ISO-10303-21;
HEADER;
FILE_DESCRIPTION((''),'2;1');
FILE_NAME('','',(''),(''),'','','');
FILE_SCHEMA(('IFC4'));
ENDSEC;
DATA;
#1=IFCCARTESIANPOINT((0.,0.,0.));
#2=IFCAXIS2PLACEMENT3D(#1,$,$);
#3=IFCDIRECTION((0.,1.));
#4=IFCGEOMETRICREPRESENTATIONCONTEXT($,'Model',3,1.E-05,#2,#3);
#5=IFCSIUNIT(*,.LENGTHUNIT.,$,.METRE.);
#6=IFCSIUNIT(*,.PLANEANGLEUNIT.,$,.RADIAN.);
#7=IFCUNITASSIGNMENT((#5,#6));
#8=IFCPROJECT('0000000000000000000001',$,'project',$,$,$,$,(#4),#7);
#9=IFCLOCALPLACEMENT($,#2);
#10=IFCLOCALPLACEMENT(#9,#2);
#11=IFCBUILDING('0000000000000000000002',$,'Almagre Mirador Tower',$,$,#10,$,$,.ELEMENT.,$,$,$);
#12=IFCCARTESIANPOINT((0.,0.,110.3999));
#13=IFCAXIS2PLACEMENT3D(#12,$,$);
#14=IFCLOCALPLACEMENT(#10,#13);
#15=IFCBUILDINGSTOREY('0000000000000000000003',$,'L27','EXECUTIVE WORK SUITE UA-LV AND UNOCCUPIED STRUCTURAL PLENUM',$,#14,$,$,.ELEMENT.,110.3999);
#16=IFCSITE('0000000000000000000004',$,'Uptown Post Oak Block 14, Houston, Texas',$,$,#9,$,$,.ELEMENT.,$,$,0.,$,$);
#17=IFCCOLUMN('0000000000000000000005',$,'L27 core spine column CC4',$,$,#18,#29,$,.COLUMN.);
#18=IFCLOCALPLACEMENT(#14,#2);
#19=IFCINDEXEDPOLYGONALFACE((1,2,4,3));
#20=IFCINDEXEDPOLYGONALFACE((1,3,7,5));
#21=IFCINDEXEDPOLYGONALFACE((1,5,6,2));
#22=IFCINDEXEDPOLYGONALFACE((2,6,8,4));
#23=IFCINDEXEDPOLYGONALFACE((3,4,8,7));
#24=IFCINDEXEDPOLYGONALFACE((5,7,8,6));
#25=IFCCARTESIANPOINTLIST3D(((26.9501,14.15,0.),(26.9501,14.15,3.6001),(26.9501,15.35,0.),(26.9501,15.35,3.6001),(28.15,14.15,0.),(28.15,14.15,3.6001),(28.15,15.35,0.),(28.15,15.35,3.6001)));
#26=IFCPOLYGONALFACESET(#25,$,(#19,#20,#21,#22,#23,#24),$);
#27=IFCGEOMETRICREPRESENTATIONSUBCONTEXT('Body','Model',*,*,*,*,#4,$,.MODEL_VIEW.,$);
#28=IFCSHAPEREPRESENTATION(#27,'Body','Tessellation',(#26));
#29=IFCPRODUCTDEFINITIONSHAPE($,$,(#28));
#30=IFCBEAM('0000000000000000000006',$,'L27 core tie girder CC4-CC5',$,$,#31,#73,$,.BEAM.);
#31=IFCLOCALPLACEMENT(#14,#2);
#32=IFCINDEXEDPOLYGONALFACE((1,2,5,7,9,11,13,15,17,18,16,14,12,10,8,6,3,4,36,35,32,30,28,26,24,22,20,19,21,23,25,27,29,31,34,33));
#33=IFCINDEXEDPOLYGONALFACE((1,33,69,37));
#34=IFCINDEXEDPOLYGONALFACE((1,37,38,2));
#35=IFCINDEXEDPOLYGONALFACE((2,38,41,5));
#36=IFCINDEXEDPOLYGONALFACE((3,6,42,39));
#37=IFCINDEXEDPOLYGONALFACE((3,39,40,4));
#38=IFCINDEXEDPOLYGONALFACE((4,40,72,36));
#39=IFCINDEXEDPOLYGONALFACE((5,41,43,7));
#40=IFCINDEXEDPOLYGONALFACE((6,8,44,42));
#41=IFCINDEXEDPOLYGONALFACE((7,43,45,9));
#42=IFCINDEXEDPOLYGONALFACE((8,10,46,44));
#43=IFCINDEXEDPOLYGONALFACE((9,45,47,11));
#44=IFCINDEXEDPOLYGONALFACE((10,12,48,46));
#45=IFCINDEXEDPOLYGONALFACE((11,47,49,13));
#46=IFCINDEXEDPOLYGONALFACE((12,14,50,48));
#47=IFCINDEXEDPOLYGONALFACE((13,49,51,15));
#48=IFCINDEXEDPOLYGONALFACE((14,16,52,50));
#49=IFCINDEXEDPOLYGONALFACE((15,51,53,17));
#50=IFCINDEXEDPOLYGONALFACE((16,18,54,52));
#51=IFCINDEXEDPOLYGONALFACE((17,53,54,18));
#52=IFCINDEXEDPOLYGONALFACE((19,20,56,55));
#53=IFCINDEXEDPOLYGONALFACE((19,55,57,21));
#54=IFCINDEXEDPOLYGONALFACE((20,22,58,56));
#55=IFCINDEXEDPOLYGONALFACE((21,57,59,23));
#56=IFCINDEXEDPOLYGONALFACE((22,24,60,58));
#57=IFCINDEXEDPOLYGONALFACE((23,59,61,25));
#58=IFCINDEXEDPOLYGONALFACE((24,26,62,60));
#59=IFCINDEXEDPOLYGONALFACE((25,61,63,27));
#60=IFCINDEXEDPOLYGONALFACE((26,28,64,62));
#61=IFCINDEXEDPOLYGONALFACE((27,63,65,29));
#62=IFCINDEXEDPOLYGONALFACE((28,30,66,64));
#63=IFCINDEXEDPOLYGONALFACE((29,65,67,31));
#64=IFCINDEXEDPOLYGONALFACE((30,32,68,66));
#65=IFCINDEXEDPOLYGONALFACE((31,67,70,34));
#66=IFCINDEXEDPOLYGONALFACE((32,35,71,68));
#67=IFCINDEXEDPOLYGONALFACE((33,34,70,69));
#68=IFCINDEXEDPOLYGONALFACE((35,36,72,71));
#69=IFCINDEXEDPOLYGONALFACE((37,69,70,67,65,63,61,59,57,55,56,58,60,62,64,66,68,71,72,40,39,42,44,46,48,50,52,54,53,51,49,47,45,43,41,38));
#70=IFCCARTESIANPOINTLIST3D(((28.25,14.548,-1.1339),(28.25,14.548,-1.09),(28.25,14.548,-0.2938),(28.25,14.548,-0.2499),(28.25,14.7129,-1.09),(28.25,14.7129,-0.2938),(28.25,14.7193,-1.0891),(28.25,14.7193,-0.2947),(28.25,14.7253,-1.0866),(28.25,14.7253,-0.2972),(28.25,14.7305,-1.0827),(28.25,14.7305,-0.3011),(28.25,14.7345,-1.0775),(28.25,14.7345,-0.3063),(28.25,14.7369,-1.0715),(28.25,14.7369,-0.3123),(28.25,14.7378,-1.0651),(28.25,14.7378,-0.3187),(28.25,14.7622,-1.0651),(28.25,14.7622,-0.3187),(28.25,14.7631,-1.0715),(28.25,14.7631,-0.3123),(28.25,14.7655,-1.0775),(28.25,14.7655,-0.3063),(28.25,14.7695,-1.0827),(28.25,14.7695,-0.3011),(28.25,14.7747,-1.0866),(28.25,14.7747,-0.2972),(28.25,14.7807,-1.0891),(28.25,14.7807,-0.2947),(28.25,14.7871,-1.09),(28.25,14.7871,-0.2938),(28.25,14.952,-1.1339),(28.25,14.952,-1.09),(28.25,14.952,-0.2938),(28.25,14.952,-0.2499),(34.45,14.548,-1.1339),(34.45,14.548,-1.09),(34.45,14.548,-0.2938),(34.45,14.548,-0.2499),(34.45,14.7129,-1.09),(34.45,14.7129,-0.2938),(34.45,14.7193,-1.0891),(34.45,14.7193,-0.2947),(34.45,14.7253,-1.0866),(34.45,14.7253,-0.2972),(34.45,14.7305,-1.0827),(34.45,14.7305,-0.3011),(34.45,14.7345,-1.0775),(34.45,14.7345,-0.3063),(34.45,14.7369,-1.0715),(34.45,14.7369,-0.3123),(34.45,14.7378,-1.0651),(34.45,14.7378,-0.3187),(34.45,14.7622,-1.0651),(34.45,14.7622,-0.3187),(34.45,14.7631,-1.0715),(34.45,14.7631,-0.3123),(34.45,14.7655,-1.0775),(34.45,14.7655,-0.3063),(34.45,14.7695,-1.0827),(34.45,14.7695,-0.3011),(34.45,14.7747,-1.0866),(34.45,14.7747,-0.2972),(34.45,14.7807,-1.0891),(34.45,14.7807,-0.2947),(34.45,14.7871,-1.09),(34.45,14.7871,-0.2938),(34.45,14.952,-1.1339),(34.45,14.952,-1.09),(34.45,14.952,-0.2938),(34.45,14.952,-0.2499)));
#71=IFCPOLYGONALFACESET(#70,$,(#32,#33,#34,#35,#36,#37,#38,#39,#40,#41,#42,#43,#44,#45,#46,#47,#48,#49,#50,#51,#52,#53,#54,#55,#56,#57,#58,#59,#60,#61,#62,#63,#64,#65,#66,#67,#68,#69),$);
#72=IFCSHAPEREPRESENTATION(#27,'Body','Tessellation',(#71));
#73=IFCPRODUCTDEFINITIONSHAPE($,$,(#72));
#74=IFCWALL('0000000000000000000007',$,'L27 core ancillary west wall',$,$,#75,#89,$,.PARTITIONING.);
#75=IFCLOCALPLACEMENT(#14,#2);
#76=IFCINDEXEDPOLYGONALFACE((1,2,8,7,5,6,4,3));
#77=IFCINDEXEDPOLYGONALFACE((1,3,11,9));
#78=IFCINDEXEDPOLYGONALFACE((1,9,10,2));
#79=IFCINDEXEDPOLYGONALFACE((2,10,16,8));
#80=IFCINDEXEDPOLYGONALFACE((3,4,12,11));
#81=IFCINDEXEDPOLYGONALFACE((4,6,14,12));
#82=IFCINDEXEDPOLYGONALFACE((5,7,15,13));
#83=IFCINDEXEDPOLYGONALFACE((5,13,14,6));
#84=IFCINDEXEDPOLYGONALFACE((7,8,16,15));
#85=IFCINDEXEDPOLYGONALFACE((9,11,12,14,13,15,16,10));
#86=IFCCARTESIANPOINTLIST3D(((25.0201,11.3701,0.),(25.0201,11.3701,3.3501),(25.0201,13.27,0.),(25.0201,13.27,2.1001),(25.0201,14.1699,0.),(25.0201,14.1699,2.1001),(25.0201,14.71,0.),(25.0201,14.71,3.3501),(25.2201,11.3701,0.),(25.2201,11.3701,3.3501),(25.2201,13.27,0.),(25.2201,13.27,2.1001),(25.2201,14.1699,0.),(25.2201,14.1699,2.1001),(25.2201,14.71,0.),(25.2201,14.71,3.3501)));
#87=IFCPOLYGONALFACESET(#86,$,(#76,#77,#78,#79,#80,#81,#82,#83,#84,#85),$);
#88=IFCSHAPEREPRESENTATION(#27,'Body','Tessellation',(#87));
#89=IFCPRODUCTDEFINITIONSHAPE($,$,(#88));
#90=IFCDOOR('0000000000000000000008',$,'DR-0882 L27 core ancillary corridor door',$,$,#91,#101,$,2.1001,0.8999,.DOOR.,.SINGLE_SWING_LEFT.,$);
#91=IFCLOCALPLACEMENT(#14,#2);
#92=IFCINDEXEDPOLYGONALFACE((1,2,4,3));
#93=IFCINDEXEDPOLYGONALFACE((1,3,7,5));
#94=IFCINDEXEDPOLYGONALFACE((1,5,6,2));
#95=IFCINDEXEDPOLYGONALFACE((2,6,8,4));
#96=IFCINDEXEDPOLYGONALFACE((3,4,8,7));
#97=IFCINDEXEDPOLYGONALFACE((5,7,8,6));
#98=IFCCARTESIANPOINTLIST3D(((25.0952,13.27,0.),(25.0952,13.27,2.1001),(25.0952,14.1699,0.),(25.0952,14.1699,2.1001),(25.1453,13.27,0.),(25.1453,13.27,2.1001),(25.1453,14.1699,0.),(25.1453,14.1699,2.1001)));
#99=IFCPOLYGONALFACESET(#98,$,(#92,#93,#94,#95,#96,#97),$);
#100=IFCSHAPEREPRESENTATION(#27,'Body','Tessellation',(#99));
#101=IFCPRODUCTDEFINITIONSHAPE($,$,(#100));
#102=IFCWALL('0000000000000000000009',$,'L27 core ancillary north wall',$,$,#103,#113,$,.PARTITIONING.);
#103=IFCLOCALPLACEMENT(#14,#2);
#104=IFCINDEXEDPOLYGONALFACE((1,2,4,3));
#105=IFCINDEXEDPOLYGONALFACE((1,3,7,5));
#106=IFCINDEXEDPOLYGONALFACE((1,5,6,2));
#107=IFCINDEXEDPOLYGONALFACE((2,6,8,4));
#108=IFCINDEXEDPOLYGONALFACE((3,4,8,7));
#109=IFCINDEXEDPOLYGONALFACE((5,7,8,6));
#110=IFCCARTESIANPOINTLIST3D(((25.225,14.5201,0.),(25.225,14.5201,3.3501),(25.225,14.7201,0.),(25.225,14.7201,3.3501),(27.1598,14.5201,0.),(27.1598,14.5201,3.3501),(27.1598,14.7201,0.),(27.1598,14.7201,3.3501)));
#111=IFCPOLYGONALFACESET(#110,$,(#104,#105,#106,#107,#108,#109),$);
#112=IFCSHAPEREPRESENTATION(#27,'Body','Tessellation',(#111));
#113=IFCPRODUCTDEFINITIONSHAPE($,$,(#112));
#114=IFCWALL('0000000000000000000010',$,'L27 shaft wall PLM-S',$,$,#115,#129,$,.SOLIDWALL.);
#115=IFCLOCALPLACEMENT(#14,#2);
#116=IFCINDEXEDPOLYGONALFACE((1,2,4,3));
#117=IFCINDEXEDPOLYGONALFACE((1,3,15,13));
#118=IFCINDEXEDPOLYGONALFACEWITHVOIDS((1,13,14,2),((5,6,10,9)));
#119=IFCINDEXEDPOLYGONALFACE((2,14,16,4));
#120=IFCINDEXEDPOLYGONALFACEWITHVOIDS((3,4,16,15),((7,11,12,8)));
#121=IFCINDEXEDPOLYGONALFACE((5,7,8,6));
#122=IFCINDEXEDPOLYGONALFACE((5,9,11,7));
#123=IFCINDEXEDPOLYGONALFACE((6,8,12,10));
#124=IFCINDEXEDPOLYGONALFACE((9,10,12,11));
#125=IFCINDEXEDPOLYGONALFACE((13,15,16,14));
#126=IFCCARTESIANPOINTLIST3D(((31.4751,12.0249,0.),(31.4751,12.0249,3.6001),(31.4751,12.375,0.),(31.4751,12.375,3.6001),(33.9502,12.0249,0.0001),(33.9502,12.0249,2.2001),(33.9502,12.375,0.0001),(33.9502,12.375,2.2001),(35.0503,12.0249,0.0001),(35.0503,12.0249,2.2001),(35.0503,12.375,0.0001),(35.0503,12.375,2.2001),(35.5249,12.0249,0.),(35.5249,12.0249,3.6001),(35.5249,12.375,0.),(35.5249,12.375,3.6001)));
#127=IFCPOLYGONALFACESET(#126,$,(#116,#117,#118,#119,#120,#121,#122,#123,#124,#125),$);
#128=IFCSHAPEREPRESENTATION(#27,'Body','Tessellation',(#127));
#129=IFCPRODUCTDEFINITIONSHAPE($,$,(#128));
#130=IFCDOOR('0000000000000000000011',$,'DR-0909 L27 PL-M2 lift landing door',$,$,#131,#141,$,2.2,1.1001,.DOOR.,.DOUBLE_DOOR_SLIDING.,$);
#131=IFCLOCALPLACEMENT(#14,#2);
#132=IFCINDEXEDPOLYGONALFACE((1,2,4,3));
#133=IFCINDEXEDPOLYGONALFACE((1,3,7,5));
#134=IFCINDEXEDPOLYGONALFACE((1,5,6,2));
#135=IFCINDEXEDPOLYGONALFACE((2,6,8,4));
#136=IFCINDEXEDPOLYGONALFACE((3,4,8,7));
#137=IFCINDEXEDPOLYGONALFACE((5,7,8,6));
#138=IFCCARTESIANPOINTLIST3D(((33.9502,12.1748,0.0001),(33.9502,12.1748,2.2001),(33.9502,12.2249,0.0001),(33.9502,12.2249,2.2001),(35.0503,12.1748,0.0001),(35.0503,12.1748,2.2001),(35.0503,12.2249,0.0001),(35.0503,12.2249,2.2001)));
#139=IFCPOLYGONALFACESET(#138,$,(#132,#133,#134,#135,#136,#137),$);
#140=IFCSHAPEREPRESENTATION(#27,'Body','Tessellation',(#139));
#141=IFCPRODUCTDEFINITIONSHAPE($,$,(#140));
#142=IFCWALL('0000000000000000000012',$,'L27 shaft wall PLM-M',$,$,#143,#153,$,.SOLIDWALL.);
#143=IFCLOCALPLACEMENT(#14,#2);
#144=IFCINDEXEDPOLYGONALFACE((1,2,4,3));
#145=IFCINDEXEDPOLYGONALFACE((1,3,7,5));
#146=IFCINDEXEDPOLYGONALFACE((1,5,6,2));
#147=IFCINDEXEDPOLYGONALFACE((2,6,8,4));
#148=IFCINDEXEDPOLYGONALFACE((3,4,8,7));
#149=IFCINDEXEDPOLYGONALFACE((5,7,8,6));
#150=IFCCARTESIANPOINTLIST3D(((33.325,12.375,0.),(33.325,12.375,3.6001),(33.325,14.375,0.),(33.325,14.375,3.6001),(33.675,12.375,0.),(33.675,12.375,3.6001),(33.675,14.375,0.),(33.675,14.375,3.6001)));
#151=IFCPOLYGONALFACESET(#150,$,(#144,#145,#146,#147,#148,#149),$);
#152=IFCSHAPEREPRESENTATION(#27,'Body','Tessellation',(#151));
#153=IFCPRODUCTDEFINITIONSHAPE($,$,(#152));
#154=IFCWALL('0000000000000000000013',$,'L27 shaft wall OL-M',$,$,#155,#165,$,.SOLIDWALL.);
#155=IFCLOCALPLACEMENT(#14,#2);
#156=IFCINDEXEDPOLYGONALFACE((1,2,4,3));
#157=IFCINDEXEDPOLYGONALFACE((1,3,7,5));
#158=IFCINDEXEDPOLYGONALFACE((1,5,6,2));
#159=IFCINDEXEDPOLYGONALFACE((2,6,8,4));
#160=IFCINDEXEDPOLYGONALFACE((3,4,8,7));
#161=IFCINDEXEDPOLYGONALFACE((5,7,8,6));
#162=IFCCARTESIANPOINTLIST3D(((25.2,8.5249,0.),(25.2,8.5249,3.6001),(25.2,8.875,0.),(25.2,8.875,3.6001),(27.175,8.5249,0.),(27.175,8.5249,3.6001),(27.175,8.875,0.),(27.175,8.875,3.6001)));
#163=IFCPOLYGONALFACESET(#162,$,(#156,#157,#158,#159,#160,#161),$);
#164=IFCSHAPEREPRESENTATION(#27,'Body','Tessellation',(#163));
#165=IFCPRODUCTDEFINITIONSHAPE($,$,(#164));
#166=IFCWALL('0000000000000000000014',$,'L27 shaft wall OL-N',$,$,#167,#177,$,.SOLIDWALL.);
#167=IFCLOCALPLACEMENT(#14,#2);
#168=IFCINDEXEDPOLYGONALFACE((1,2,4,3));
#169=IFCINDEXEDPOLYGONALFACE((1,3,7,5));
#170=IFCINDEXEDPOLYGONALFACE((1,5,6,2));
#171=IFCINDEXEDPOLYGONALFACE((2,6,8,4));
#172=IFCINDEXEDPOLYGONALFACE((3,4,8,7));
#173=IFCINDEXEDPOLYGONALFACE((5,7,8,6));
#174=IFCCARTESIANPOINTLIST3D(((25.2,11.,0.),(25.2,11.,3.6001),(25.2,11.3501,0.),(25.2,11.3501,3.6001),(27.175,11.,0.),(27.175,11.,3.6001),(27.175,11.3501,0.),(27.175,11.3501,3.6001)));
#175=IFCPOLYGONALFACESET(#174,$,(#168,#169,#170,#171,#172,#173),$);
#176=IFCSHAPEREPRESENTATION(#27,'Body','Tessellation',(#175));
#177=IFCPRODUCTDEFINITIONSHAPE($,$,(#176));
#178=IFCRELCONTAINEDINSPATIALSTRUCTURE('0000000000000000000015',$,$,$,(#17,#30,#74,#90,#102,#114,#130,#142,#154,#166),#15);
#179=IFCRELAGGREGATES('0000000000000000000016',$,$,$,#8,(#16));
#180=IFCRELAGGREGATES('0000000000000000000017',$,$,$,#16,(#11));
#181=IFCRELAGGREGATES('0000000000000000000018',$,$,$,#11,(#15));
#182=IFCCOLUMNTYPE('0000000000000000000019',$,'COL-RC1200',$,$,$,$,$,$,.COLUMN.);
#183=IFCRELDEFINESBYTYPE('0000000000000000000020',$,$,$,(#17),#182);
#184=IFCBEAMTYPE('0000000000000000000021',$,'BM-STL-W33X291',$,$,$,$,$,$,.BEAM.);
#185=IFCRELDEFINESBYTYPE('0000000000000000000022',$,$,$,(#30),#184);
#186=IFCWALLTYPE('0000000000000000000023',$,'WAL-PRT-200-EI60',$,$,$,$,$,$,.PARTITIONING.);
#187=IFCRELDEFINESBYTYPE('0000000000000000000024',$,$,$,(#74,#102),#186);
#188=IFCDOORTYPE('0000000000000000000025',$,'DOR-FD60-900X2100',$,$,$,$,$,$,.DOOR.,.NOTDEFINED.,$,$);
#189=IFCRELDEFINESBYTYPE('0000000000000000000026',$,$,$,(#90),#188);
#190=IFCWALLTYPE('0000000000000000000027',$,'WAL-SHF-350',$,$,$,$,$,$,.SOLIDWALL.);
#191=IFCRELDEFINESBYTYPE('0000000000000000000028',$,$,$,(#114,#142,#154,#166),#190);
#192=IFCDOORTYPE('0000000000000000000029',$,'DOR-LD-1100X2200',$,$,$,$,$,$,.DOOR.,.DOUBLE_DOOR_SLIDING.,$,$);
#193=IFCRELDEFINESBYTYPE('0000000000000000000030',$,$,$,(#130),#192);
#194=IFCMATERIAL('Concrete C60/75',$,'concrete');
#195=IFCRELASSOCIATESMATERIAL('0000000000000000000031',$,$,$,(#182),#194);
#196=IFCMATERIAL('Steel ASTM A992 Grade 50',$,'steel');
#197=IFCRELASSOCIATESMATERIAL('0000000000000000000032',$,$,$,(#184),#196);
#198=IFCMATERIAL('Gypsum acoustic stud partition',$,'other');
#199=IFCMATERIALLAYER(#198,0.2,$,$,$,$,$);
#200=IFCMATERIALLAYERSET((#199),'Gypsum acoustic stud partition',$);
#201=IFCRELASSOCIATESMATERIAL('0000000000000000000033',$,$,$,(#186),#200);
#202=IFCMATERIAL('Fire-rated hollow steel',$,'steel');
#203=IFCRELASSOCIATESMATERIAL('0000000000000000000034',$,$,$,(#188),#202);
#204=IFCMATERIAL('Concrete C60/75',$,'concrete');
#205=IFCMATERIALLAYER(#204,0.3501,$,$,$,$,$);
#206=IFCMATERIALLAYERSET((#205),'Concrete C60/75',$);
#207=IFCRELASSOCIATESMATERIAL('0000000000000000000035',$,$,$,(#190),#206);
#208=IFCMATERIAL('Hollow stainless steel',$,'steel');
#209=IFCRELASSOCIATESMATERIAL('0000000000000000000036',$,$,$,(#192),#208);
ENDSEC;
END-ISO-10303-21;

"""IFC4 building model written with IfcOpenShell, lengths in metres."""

from ifc_helpers import new_model, si_unit, direction, frame, frame_2d, origin, origin_2d, place, context, subcontext, project, spatial, rectangle, i_section, extrude, material, layer, layer_set, material_profile, profile_set, type_object, element, fill, save


model = new_model("IFC4")

# Units and contexts
model_context = context("Model", 3, precision=1e-05, world=origin(), true_north=direction((0.0, 1.0)))
body_context = subcontext(model_context, "Body", "Model", "MODEL_VIEW")
ifc_project = project(units=[si_unit("LENGTHUNIT", "METRE"), si_unit("PLANEANGLEUNIT", "RADIAN")], contexts=[model_context])

# Site, building, storey
site_placement = place(None, origin())
site = spatial("IfcSite", under=ifc_project, at=site_placement, Name="Uptown Post Oak Block 14, Houston, Texas", CompositionType="ELEMENT", RefElevation=0.0)
building_placement = place(site_placement, origin())
building = spatial("IfcBuilding", under=site, at=building_placement, Name="Almagre Mirador Tower", CompositionType="ELEMENT")
storey_placement = place(building_placement, frame((0.0, 0.0, 110.3999)))
storey = spatial("IfcBuildingStorey", under=building, at=storey_placement, Name="L27", Description="EXECUTIVE WORK SUITE UA-LV AND UNOCCUPIED STRUCTURAL PLENUM", CompositionType="ELEMENT", Elevation=110.3999)

# Column
ifc_material_1 = material(Name="Concrete C60/75", Category="concrete")
ifc_material_profile_1 = material_profile(ifc_material_1, rectangle(XDim=1.2, YDim=1.2, at=origin_2d()), Name="RC1200X1200")
ifc_profile_set_1 = profile_set([ifc_material_profile_1], Name="Concrete C60/75")
column_type = type_object("IfcColumnType", Name="COL-RC1200", PredefinedType="COLUMN", material=ifc_profile_set_1)
column_placement = place(storey_placement, frame((27.55, 14.75, 0.0), z_axis=(0.0, 0.0, 1.0), x_axis=(1.0, 0.0, 0.0)))
element("IfcColumn", 1, at=column_placement, inside=storey, type_object=column_type, Name="L27 core spine column CC4", PredefinedType="COLUMN", context=body_context, shape_type="SweptSolid", body=[
    extrude(rectangle(XDim=1.2, YDim=1.2, at=origin_2d()), origin(), (0.0, 0.0, 1.0), 3.6001),
])

# Beam
ifc_material_2 = material(Name="Steel ASTM A992 Grade 50", Category="steel")
ifc_material_profile_2 = material_profile(ifc_material_2, i_section(OverallWidth=0.4041, OverallDepth=0.884, WebThickness=0.0244, FlangeThickness=0.0439, FilletRadius=0.0249, at=origin_2d()), Name="W33X291")
ifc_profile_set_2 = profile_set([ifc_material_profile_2], Name="Steel ASTM A992 Grade 50")
beam_type = type_object("IfcBeamType", Name="BM-STL-W33X291", PredefinedType="BEAM", material=ifc_profile_set_2)
beam_placement = place(storey_placement, frame((28.25, 14.75, -0.6919), z_axis=(1.0, 0.0, 0.0), x_axis=(0.0, 1.0, 0.0)))
element("IfcBeam", 2, at=beam_placement, inside=storey, type_object=beam_type, Name="L27 core tie girder CC4-CC5", PredefinedType="BEAM", context=body_context, shape_type="SweptSolid", body=[
    extrude(i_section(OverallWidth=0.4041, OverallDepth=0.884, WebThickness=0.0244, FlangeThickness=0.0439, FilletRadius=0.0249, at=origin_2d()), origin(), (0.0, 0.0, 1.0), 6.2),
])

# Wall, opening, door
ifc_material_3 = material(Name="Gypsum acoustic stud partition", Category="other")
ifc_layer_1 = layer(ifc_material_3, 0.2)
ifc_layer_set_1 = layer_set([ifc_layer_1], Name="Gypsum acoustic stud partition")
wall_type_1 = type_object("IfcWallType", Name="WAL-PRT-200-EI60", PredefinedType="PARTITIONING", material=ifc_layer_set_1)
wall_1_placement = place(storey_placement, frame((25.1201, 11.3701, 0.0), z_axis=(0.0, 0.0, 1.0), x_axis=(0.0, 1.0, 0.0)))
wall_1 = element("IfcWall", 3, at=wall_1_placement, inside=storey, type_object=wall_type_1, Name="L27 core ancillary west wall", PredefinedType="PARTITIONING", context=body_context, shape_type="SweptSolid", body=[
    extrude(rectangle(XDim=3.3398, YDim=0.2, at=frame_2d((1.6699, 0.0))), origin(), (0.0, 0.0, 1.0), 3.3501),
])
opening_1_placement = place(wall_1_placement, frame((1.8999, 0.0, 0.0)))
opening_1 = element("IfcOpeningElement", 4, at=opening_1_placement, cuts=wall_1, PredefinedType="OPENING", context=body_context, shape_type="SweptSolid", body=[
    extrude(rectangle(XDim=0.8999, YDim=2.1001, at=frame_2d((0.45, 1.05))), frame((0.0, 0.1101, 0.0), z_axis=(0.0, -1.0, 0.0), x_axis=(1.0, 0.0, 0.0)), (0.0, 0.0, 1.0), 0.22),
])
ifc_material_4 = material(Name="Fire-rated hollow steel", Category="steel")
door_type_1 = type_object("IfcDoorType", Name="DOR-FD60-900X2100", OperationType="NOTDEFINED", PredefinedType="DOOR", material=ifc_material_4)
door_1_placement = place(opening_1_placement, origin())
door_1 = element("IfcDoor", 5, at=door_1_placement, inside=storey, type_object=door_type_1, Name="DR-0882 L27 core ancillary corridor door", OperationType="SINGLE_SWING_LEFT", OverallHeight=2.1001, OverallWidth=0.8999, PredefinedType="DOOR", context=body_context, shape_type="SweptSolid", body=[
    extrude(rectangle(XDim=0.8999, YDim=2.1001, at=frame_2d((0.45, 1.05))), frame((0.0, 0.0249, 0.0), z_axis=(0.0, -1.0, 0.0), x_axis=(1.0, 0.0, 0.0)), (0.0, 0.0, 1.0), 0.05),
])
fill(opening_1, door_1)

# Wall
wall_2_placement = place(storey_placement, frame((25.2251, 14.6201, 0.0), z_axis=(0.0, 0.0, 1.0), x_axis=(1.0, 0.0, 0.0)))
element("IfcWall", 6, at=wall_2_placement, inside=storey, type_object=wall_type_1, Name="L27 core ancillary north wall", PredefinedType="PARTITIONING", context=body_context, shape_type="SweptSolid", body=[
    extrude(rectangle(XDim=1.9348, YDim=0.2, at=frame_2d((0.9673, 0.0))), origin(), (0.0, 0.0, 1.0), 3.3501),
])

# Wall, opening, door
ifc_material_5 = material(Name="Concrete C60/75", Category="concrete")
ifc_layer_2 = layer(ifc_material_5, 0.3501)
ifc_layer_set_2 = layer_set([ifc_layer_2], Name="Concrete C60/75")
wall_type_2 = type_object("IfcWallType", Name="WAL-SHF-350", PredefinedType="SOLIDWALL", material=ifc_layer_set_2)
wall_3_placement = place(storey_placement, frame((31.4751, 12.2, 0.0), z_axis=(0.0, 0.0, 1.0), x_axis=(1.0, 0.0, 0.0)))
wall_3 = element("IfcWall", 7, at=wall_3_placement, inside=storey, type_object=wall_type_2, Name="L27 shaft wall PLM-S", PredefinedType="SOLIDWALL", context=body_context, shape_type="SweptSolid", body=[
    extrude(rectangle(XDim=4.0498, YDim=0.3501, at=frame_2d((2.0249, 0.0))), origin(), (0.0, 0.0, 1.0), 3.6001),
])
opening_2_placement = place(wall_3_placement, frame((2.4751, 0.0, 0.0)))
opening_2 = element("IfcOpeningElement", 8, at=opening_2_placement, cuts=wall_3, PredefinedType="OPENING", context=body_context, shape_type="SweptSolid", body=[
    extrude(rectangle(XDim=1.1001, YDim=2.2, at=frame_2d((0.55, 1.1001))), frame((0.0, 0.185, 0.0), z_axis=(0.0, -1.0, 0.0), x_axis=(1.0, 0.0, 0.0)), (0.0, 0.0, 1.0), 0.3701),
])
ifc_material_6 = material(Name="Hollow stainless steel", Category="steel")
door_type_2 = type_object("IfcDoorType", Name="DOR-LD-1100X2200", OperationType="DOUBLE_DOOR_SLIDING", PredefinedType="DOOR", material=ifc_material_6)
door_2_placement = place(opening_2_placement, origin())
door_2 = element("IfcDoor", 9, at=door_2_placement, inside=storey, type_object=door_type_2, Name="DR-0909 L27 PL-M2 lift landing door", OperationType="DOUBLE_DOOR_SLIDING", OverallHeight=2.2, OverallWidth=1.1001, PredefinedType="DOOR", context=body_context, shape_type="SweptSolid", body=[
    extrude(rectangle(XDim=1.1001, YDim=2.2, at=frame_2d((0.55, 1.1001))), frame((0.0, 0.0249, 0.0), z_axis=(0.0, -1.0, 0.0), x_axis=(1.0, 0.0, 0.0)), (0.0, 0.0, 1.0), 0.05),
])
fill(opening_2, door_2)

# Walls
wall_4_placement = place(storey_placement, frame((33.5, 12.375, 0.0), z_axis=(0.0, 0.0, 1.0), x_axis=(0.0, 1.0, 0.0)))
element("IfcWall", 10, at=wall_4_placement, inside=storey, type_object=wall_type_2, Name="L27 shaft wall PLM-M", PredefinedType="SOLIDWALL", context=body_context, shape_type="SweptSolid", body=[
    extrude(rectangle(XDim=2.0, YDim=0.3501, at=frame_2d((1.0, 0.0))), origin(), (0.0, 0.0, 1.0), 3.6001),
])
for number, where, z_axis, x_axis, name in (
    (11, (25.2, 8.7, 0.0), (0.0, 0.0, 1.0), (1.0, 0.0, 0.0), "L27 shaft wall OL-M"),
    (12, (25.2, 11.175, 0.0), (0.0, 0.0, 1.0), (1.0, 0.0, 0.0), "L27 shaft wall OL-N"),
):
    element("IfcWall", number, at=place(storey_placement, frame(where, z_axis=z_axis, x_axis=x_axis)), inside=storey, type_object=wall_type_2, Name=name, PredefinedType="SOLIDWALL", context=body_context, shape_type="SweptSolid", body=[
        extrude(rectangle(XDim=1.9751, YDim=0.3501, at=frame_2d((0.9875, 0.0))), origin(), (0.0, 0.0, 1.0), 3.6001),
    ])

save(model, "model.ifc")
